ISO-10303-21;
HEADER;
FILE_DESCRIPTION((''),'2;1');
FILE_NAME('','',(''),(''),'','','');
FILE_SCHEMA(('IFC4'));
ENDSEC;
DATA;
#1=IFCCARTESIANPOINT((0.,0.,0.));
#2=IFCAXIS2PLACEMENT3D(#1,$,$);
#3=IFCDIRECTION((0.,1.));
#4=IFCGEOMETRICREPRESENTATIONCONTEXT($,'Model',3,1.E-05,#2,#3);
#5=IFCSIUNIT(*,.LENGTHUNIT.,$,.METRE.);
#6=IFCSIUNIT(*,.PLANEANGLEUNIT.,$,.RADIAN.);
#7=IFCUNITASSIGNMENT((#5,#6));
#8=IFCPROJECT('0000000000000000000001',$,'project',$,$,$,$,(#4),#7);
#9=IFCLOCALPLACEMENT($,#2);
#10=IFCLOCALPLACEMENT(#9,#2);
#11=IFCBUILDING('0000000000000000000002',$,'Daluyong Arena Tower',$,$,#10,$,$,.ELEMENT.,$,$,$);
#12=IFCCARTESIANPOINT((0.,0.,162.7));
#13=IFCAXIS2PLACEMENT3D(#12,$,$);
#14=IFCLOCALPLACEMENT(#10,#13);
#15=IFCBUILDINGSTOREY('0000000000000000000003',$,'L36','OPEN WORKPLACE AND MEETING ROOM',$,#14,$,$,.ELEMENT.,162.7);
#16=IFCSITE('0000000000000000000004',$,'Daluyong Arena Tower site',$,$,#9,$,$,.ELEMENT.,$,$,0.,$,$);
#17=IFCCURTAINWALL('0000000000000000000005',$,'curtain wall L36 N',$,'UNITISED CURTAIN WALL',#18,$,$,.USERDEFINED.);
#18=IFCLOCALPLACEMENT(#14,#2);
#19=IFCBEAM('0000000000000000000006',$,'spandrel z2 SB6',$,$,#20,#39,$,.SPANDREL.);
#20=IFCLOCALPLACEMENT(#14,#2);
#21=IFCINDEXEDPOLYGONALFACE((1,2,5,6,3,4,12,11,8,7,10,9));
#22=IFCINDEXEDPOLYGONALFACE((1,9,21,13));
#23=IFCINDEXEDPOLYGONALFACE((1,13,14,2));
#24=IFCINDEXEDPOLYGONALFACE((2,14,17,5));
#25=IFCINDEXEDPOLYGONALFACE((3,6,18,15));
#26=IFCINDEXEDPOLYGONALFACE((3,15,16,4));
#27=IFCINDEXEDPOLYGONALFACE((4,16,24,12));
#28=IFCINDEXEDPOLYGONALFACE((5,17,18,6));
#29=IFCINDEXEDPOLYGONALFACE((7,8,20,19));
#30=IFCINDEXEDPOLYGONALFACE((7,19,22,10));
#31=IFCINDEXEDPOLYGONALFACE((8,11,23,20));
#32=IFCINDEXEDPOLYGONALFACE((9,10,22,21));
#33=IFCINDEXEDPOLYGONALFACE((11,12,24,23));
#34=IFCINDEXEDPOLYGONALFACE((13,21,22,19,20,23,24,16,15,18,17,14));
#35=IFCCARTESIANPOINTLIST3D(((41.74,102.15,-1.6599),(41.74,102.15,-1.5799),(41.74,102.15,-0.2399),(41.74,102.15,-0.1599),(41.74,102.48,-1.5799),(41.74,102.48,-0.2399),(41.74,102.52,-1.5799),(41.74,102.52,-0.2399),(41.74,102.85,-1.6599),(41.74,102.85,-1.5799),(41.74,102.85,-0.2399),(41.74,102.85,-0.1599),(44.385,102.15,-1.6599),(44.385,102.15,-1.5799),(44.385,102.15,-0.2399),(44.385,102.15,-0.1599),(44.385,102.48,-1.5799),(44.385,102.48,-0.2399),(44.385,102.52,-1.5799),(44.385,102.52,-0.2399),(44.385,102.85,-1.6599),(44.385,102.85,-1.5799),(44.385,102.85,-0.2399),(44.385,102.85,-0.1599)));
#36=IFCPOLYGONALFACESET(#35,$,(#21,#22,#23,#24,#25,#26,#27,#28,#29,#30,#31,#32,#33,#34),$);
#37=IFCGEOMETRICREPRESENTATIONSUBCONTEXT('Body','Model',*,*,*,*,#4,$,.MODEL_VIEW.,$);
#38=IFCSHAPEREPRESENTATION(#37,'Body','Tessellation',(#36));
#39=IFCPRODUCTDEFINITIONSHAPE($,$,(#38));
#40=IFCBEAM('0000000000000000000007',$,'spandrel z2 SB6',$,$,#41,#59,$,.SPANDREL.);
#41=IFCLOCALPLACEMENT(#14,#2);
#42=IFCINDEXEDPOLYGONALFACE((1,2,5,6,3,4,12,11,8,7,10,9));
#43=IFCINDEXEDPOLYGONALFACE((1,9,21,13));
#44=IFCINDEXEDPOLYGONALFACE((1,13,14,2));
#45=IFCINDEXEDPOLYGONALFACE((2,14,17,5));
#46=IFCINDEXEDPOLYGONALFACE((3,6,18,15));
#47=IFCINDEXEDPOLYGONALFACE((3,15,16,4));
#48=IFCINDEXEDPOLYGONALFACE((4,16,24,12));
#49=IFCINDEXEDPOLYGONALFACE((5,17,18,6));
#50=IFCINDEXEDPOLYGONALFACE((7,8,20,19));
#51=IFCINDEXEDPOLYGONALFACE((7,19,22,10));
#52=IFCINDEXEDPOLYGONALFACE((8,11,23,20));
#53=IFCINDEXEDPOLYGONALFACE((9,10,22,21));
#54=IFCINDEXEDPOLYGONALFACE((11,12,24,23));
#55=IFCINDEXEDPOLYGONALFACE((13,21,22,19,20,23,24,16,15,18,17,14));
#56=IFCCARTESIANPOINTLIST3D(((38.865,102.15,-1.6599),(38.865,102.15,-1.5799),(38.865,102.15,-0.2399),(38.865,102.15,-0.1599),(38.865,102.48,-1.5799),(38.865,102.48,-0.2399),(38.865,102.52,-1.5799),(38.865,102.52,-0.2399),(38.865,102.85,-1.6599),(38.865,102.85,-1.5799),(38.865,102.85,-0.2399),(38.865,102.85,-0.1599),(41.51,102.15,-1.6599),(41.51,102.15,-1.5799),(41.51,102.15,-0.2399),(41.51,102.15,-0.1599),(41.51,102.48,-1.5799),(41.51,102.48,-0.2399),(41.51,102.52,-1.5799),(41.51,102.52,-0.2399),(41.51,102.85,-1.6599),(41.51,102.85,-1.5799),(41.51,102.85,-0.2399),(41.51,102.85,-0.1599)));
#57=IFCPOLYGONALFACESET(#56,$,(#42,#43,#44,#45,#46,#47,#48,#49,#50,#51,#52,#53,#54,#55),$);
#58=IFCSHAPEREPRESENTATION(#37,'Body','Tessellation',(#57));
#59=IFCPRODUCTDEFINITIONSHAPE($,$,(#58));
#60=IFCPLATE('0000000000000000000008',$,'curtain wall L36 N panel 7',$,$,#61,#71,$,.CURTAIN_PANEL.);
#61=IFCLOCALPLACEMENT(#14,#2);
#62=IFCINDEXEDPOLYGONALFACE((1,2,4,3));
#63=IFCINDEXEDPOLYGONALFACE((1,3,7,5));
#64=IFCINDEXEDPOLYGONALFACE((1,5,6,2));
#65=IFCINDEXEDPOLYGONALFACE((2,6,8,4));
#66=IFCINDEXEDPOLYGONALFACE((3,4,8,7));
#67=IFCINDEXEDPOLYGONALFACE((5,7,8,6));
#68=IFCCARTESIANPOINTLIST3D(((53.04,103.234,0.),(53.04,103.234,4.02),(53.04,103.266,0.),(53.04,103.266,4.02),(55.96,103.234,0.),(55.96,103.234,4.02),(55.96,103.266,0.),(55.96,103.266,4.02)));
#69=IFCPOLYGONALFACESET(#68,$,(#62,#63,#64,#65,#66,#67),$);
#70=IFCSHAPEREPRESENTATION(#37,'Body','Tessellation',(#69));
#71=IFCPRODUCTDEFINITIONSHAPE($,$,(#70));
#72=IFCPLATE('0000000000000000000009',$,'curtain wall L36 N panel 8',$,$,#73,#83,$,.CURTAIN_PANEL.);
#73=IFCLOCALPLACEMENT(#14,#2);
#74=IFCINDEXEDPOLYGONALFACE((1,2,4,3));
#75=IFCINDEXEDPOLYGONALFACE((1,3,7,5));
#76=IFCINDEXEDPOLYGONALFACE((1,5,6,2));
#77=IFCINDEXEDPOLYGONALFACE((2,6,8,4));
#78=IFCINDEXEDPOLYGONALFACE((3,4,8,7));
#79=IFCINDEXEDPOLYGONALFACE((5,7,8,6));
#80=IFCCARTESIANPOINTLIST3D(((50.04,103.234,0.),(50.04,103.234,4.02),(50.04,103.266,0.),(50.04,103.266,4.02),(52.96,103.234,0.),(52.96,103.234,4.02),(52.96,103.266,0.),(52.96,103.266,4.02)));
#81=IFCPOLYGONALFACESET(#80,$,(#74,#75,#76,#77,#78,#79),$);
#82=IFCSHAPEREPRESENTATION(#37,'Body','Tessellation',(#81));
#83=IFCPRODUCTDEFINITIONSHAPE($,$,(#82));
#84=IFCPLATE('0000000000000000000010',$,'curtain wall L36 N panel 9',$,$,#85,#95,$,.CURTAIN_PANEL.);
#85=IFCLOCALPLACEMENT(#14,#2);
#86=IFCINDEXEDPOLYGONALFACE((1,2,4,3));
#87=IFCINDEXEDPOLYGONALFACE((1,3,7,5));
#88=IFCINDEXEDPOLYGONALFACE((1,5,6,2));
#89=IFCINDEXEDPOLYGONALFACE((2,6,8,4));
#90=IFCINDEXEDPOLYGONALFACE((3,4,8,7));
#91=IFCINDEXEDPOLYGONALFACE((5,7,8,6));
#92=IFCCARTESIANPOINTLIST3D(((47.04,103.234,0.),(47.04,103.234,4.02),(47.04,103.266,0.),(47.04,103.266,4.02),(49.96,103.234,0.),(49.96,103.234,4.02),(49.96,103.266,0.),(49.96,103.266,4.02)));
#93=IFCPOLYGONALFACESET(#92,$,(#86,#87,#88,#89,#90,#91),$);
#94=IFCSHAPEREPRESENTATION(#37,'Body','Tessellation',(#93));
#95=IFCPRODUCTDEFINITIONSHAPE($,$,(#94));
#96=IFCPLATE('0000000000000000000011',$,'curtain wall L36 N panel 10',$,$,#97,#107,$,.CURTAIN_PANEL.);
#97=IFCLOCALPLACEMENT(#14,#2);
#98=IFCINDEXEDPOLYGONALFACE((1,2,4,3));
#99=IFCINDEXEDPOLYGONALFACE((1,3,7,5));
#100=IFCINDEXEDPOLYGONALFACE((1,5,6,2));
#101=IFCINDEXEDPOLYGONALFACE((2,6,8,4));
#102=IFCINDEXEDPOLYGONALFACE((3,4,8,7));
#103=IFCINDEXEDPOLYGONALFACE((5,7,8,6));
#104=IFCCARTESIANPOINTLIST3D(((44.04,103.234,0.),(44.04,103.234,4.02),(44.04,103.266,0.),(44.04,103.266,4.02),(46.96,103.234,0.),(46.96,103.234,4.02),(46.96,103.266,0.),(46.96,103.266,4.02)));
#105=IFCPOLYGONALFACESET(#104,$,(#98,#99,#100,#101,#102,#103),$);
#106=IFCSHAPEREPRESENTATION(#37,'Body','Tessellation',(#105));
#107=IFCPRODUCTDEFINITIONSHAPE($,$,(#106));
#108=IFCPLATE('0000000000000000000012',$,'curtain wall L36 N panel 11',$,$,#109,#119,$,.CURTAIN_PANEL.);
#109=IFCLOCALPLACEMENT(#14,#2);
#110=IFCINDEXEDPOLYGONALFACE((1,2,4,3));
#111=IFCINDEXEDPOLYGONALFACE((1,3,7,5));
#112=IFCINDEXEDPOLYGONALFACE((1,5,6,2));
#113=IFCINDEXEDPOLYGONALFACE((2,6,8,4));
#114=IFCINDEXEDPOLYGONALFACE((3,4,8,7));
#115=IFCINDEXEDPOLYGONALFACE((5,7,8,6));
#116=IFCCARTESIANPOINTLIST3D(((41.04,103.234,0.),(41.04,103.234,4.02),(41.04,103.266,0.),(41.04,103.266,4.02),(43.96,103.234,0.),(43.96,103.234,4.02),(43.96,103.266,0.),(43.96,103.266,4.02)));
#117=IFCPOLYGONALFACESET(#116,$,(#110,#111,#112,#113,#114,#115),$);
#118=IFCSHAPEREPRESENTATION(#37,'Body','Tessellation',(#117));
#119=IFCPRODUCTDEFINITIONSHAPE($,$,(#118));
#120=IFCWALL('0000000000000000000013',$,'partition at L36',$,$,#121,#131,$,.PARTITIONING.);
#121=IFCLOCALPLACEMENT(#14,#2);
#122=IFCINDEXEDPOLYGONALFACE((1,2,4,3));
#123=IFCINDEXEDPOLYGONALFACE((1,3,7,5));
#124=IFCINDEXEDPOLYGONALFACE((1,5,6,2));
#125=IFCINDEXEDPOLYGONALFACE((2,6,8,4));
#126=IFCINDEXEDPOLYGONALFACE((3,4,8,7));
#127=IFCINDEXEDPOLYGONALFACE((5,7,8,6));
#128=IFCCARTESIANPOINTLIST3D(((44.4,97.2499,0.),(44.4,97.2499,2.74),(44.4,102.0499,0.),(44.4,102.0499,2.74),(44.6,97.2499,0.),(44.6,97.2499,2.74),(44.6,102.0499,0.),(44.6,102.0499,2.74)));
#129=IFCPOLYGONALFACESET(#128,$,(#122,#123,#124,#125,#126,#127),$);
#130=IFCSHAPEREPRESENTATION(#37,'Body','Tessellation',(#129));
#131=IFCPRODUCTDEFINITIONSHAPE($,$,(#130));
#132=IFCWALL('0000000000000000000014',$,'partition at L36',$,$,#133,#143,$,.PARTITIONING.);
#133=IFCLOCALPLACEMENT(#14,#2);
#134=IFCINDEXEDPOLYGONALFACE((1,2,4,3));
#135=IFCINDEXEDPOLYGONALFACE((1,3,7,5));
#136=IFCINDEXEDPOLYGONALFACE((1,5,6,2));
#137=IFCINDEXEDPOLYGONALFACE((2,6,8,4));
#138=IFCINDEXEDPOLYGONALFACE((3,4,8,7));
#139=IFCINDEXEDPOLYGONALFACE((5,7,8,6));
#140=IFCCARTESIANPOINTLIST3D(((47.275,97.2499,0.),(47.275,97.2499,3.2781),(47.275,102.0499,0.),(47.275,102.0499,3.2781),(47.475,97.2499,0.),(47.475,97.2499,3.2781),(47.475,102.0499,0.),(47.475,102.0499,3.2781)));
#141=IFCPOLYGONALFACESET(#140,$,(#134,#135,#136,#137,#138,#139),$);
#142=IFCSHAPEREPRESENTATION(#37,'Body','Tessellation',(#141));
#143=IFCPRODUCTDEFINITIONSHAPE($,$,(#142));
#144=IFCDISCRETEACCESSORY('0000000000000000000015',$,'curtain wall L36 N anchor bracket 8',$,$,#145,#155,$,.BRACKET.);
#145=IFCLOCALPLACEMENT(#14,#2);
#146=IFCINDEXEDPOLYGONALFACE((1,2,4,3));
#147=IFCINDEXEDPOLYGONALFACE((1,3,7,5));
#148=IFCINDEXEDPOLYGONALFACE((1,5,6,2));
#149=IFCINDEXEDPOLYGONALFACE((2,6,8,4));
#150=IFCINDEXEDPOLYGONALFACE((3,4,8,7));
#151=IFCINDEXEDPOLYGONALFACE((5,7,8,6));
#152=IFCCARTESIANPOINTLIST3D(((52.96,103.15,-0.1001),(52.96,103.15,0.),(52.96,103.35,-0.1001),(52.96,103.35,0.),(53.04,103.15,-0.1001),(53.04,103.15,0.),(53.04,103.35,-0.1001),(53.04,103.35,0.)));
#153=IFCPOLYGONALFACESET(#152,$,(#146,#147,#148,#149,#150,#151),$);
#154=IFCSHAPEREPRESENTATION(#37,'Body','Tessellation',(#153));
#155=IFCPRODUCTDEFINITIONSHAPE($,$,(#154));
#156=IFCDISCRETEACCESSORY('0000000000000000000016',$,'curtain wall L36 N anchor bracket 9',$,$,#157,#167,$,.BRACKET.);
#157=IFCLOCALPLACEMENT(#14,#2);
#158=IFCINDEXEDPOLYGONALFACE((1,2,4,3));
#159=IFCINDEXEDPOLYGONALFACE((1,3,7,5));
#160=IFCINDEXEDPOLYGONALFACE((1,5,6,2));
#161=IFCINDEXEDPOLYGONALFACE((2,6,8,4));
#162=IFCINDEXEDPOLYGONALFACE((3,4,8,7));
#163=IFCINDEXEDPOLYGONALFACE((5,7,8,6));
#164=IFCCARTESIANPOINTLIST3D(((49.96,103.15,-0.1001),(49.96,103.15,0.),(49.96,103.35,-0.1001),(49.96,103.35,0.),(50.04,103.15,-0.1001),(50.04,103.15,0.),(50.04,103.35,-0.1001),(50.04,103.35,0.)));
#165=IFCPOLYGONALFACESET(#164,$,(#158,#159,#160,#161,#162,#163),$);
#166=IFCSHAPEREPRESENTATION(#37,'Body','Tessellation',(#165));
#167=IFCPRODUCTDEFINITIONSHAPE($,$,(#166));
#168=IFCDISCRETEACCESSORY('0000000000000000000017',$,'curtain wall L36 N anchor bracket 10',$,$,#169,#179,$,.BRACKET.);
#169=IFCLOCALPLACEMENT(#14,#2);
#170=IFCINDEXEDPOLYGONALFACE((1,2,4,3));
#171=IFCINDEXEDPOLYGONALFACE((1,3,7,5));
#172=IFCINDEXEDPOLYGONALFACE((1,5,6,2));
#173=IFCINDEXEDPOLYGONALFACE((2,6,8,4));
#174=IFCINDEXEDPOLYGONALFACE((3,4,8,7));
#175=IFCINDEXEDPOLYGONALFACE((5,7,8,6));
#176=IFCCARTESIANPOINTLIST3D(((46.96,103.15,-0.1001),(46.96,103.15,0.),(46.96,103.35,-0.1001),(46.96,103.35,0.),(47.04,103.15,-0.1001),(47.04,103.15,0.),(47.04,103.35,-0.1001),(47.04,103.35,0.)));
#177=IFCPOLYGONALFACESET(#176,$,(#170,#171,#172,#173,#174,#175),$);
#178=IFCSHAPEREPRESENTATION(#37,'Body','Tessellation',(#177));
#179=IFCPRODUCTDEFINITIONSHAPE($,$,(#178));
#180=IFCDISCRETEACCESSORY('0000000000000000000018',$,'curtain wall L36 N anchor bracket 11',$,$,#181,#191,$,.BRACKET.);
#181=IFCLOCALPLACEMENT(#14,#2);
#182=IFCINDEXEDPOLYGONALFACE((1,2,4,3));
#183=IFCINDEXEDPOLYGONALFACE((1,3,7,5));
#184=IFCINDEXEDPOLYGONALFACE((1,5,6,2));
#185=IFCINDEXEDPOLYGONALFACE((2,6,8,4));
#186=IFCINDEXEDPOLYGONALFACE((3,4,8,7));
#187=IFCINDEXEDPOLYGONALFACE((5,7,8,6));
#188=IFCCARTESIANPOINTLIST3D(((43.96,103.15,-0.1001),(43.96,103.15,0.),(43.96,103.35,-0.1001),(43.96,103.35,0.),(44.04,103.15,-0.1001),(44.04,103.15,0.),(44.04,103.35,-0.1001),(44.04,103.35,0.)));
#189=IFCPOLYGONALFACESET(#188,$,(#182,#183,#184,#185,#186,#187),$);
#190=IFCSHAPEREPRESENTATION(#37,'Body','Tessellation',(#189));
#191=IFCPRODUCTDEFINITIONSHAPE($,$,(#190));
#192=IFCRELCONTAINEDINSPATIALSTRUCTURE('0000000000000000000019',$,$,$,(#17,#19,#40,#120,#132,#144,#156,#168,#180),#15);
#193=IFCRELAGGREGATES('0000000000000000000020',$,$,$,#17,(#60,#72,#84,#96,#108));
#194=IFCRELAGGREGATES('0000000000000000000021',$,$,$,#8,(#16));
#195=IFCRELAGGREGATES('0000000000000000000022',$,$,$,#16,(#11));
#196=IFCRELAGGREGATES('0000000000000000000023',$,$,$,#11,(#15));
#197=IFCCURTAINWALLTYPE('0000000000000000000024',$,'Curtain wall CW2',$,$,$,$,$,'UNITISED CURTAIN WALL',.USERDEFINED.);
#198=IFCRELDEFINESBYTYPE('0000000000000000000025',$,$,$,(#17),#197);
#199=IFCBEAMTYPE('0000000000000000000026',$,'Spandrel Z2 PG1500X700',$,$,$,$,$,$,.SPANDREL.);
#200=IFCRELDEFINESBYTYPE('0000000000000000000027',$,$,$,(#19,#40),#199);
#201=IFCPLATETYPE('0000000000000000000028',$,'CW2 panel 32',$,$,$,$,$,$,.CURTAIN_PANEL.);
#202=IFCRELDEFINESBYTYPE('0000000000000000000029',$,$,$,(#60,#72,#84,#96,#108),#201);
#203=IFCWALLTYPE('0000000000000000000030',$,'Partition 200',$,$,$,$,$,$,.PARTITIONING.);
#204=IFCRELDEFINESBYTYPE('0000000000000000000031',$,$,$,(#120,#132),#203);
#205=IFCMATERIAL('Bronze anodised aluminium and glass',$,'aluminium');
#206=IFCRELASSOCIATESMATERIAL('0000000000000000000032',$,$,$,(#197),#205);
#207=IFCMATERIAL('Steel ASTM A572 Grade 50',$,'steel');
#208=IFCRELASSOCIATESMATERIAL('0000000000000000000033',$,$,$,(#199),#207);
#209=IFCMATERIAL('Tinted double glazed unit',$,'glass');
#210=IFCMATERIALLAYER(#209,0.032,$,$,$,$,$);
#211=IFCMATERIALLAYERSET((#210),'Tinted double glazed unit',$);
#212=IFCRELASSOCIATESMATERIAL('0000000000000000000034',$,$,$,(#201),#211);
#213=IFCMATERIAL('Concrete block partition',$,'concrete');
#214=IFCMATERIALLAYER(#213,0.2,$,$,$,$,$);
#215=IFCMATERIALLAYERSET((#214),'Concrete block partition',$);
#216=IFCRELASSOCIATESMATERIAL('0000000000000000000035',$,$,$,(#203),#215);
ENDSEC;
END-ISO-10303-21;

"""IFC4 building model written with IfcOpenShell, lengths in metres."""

from ifc_helpers import new_model, si_unit, direction, frame, frame_2d, origin, origin_2d, place, context, subcontext, project, spatial, rectangle, i_section, extrude, material, layer, layer_set, material_profile, profile_set, type_object, element, aggregate, save


model = new_model("IFC4")

# Units and contexts
model_context = context("Model", 3, precision=1e-05, world=origin(), true_north=direction((0.0, 1.0)))
body_context = subcontext(model_context, "Body", "Model", "MODEL_VIEW")
ifc_project = project(units=[si_unit("LENGTHUNIT", "METRE"), si_unit("PLANEANGLEUNIT", "RADIAN")], contexts=[model_context])

# Site, building, storey
site_placement = place(None, origin())
site = spatial("IfcSite", under=ifc_project, at=site_placement, Name="Daluyong Arena Tower site", CompositionType="ELEMENT", RefElevation=0.0)
building_placement = place(site_placement, origin())
building = spatial("IfcBuilding", under=site, at=building_placement, Name="Daluyong Arena Tower", CompositionType="ELEMENT")
storey_placement = place(building_placement, frame((0.0, 0.0, 162.7)))
storey = spatial("IfcBuildingStorey", under=building, at=storey_placement, Name="L36", Description="OPEN WORKPLACE AND MEETING ROOM", CompositionType="ELEMENT", Elevation=162.7)

# Curtain wall
ifc_material_1 = material(Name="Bronze anodised aluminium and glass", Category="aluminium")
curtain_wall_type = type_object("IfcCurtainWallType", Name="Curtain wall CW2", ElementType="UNITISED CURTAIN WALL", PredefinedType="USERDEFINED", material=ifc_material_1)
curtain_wall_placement = place(storey_placement, origin())
curtain_wall = element("IfcCurtainWall", 1, at=curtain_wall_placement, inside=storey, type_object=curtain_wall_type, Name="curtain wall L36 N", ObjectType="UNITISED CURTAIN WALL", PredefinedType="USERDEFINED")

# Beams
ifc_material_2 = material(Name="Steel ASTM A572 Grade 50", Category="steel")
ifc_material_profile_1 = material_profile(ifc_material_2, i_section(OverallWidth=0.7, OverallDepth=1.5, WebThickness=0.04, FlangeThickness=0.08, at=origin_2d()))
ifc_profile_set_1 = profile_set([ifc_material_profile_1], Name="Steel ASTM A572 Grade 50")
beam_type_1 = type_object("IfcBeamType", Name="Spandrel Z2 PG1500X700", PredefinedType="SPANDREL", material=ifc_profile_set_1)
for number, where, z_axis, x_axis, name in (
    (2, (44.385, 102.5, -0.9099), (-1.0, 0.0, 0.0), (0.0, -1.0, 0.0), "spandrel z2 SB6"),
    (3, (41.51, 102.5, -0.9099), (-1.0, 0.0, 0.0), (0.0, -1.0, 0.0), "spandrel z2 SB6"),
):
    element("IfcBeam", number, at=place(storey_placement, frame(where, z_axis=z_axis, x_axis=x_axis)), inside=storey, type_object=beam_type_1, Name=name, PredefinedType="SPANDREL", context=body_context, shape_type="SweptSolid", body=[
        extrude(i_section(OverallWidth=0.7, OverallDepth=1.5, WebThickness=0.04, FlangeThickness=0.08, at=origin_2d()), origin(), (0.0, 0.0, 1.0), 2.645),
    ])

# Plates
ifc_material_3 = material(Name="Tinted double glazed unit", Category="glass")
ifc_layer_1 = layer(ifc_material_3, 0.032)
ifc_layer_set_1 = layer_set([ifc_layer_1], Name="Tinted double glazed unit")
plate_type = type_object("IfcPlateType", Name="CW2 panel 32", PredefinedType="CURTAIN_PANEL", material=ifc_layer_set_1)
plate_1_placement = place(storey_placement, frame((54.5, 103.25, 0.0), z_axis=(0.0, 0.0, 1.0), x_axis=(-1.0, 0.0, 0.0)))
plate_1 = element("IfcPlate", 4, at=plate_1_placement, type_object=plate_type, Name="curtain wall L36 N panel 7", PredefinedType="CURTAIN_PANEL", context=body_context, shape_type="SweptSolid", body=[
    extrude(rectangle(XDim=2.9199, YDim=0.032, at=origin_2d()), origin(), (0.0, 0.0, 1.0), 4.02),
])
plate_2_placement = place(storey_placement, frame((51.5, 103.25, 0.0), z_axis=(0.0, 0.0, 1.0), x_axis=(-1.0, 0.0, 0.0)))
plate_2 = element("IfcPlate", 5, at=plate_2_placement, type_object=plate_type, Name="curtain wall L36 N panel 8", PredefinedType="CURTAIN_PANEL", context=body_context, shape_type="SweptSolid", body=[
    extrude(rectangle(XDim=2.9199, YDim=0.032, at=origin_2d()), origin(), (0.0, 0.0, 1.0), 4.02),
])
plate_3_placement = place(storey_placement, frame((48.5, 103.25, 0.0), z_axis=(0.0, 0.0, 1.0), x_axis=(-1.0, 0.0, 0.0)))
plate_3 = element("IfcPlate", 6, at=plate_3_placement, type_object=plate_type, Name="curtain wall L36 N panel 9", PredefinedType="CURTAIN_PANEL", context=body_context, shape_type="SweptSolid", body=[
    extrude(rectangle(XDim=2.9199, YDim=0.032, at=origin_2d()), origin(), (0.0, 0.0, 1.0), 4.02),
])
plate_4_placement = place(storey_placement, frame((45.5, 103.25, 0.0), z_axis=(0.0, 0.0, 1.0), x_axis=(-1.0, 0.0, 0.0)))
plate_4 = element("IfcPlate", 7, at=plate_4_placement, type_object=plate_type, Name="curtain wall L36 N panel 10", PredefinedType="CURTAIN_PANEL", context=body_context, shape_type="SweptSolid", body=[
    extrude(rectangle(XDim=2.9199, YDim=0.032, at=origin_2d()), origin(), (0.0, 0.0, 1.0), 4.02),
])
plate_5_placement = place(storey_placement, frame((42.5, 103.25, 0.0), z_axis=(0.0, 0.0, 1.0), x_axis=(-1.0, 0.0, 0.0)))
plate_5 = element("IfcPlate", 8, at=plate_5_placement, type_object=plate_type, Name="curtain wall L36 N panel 11", PredefinedType="CURTAIN_PANEL", context=body_context, shape_type="SweptSolid", body=[
    extrude(rectangle(XDim=2.9199, YDim=0.032, at=origin_2d()), origin(), (0.0, 0.0, 1.0), 4.02),
])
aggregate(curtain_wall, [plate_1, plate_2, plate_3, plate_4, plate_5])

# Walls
ifc_material_4 = material(Name="Concrete block partition", Category="concrete")
ifc_layer_2 = layer(ifc_material_4, 0.2)
ifc_layer_set_2 = layer_set([ifc_layer_2], Name="Concrete block partition")
wall_type = type_object("IfcWallType", Name="Partition 200", PredefinedType="PARTITIONING", material=ifc_layer_set_2)
wall_1_placement = place(storey_placement, frame((44.5, 97.25, 0.0), z_axis=(0.0, 0.0, 1.0), x_axis=(0.0, 1.0, 0.0)))
element("IfcWall", 9, at=wall_1_placement, inside=storey, type_object=wall_type, Name="partition at L36", PredefinedType="PARTITIONING", context=body_context, shape_type="SweptSolid", body=[
    extrude(rectangle(XDim=4.8, YDim=0.2, at=frame_2d((2.3999, 0.0))), origin(), (0.0, 0.0, 1.0), 2.74),
])
wall_2_placement = place(storey_placement, frame((47.375, 97.25, 0.0), z_axis=(0.0, 0.0, 1.0), x_axis=(0.0, 1.0, 0.0)))
element("IfcWall", 10, at=wall_2_placement, inside=storey, type_object=wall_type, Name="partition at L36", PredefinedType="PARTITIONING", context=body_context, shape_type="SweptSolid", body=[
    extrude(rectangle(XDim=4.8, YDim=0.2, at=frame_2d((2.3999, 0.0))), origin(), (0.0, 0.0, 1.0), 3.2781),
])

# Discrete accessories
for number, where, z_axis, x_axis, name in (
    (11, (53.0, 103.25, -0.1001), (0.0, 0.0, 1.0), (-1.0, 0.0, 0.0), "curtain wall L36 N anchor bracket 8"),
    (12, (50.0, 103.25, -0.1001), (0.0, 0.0, 1.0), (-1.0, 0.0, 0.0), "curtain wall L36 N anchor bracket 9"),
    (13, (47.0, 103.25, -0.1001), (0.0, 0.0, 1.0), (-1.0, 0.0, 0.0), "curtain wall L36 N anchor bracket 10"),
    (14, (44.0, 103.25, -0.1001), (0.0, 0.0, 1.0), (-1.0, 0.0, 0.0), "curtain wall L36 N anchor bracket 11"),
):
    element("IfcDiscreteAccessory", number, at=place(storey_placement, frame(where, z_axis=z_axis, x_axis=x_axis)), inside=storey, Name=name, PredefinedType="BRACKET", context=body_context, shape_type="SweptSolid", body=[
        extrude(rectangle(XDim=0.0801, YDim=0.2, at=origin_2d()), origin(), (0.0, 0.0, 1.0), 0.1001),
    ])

save(model, "model.ifc")
